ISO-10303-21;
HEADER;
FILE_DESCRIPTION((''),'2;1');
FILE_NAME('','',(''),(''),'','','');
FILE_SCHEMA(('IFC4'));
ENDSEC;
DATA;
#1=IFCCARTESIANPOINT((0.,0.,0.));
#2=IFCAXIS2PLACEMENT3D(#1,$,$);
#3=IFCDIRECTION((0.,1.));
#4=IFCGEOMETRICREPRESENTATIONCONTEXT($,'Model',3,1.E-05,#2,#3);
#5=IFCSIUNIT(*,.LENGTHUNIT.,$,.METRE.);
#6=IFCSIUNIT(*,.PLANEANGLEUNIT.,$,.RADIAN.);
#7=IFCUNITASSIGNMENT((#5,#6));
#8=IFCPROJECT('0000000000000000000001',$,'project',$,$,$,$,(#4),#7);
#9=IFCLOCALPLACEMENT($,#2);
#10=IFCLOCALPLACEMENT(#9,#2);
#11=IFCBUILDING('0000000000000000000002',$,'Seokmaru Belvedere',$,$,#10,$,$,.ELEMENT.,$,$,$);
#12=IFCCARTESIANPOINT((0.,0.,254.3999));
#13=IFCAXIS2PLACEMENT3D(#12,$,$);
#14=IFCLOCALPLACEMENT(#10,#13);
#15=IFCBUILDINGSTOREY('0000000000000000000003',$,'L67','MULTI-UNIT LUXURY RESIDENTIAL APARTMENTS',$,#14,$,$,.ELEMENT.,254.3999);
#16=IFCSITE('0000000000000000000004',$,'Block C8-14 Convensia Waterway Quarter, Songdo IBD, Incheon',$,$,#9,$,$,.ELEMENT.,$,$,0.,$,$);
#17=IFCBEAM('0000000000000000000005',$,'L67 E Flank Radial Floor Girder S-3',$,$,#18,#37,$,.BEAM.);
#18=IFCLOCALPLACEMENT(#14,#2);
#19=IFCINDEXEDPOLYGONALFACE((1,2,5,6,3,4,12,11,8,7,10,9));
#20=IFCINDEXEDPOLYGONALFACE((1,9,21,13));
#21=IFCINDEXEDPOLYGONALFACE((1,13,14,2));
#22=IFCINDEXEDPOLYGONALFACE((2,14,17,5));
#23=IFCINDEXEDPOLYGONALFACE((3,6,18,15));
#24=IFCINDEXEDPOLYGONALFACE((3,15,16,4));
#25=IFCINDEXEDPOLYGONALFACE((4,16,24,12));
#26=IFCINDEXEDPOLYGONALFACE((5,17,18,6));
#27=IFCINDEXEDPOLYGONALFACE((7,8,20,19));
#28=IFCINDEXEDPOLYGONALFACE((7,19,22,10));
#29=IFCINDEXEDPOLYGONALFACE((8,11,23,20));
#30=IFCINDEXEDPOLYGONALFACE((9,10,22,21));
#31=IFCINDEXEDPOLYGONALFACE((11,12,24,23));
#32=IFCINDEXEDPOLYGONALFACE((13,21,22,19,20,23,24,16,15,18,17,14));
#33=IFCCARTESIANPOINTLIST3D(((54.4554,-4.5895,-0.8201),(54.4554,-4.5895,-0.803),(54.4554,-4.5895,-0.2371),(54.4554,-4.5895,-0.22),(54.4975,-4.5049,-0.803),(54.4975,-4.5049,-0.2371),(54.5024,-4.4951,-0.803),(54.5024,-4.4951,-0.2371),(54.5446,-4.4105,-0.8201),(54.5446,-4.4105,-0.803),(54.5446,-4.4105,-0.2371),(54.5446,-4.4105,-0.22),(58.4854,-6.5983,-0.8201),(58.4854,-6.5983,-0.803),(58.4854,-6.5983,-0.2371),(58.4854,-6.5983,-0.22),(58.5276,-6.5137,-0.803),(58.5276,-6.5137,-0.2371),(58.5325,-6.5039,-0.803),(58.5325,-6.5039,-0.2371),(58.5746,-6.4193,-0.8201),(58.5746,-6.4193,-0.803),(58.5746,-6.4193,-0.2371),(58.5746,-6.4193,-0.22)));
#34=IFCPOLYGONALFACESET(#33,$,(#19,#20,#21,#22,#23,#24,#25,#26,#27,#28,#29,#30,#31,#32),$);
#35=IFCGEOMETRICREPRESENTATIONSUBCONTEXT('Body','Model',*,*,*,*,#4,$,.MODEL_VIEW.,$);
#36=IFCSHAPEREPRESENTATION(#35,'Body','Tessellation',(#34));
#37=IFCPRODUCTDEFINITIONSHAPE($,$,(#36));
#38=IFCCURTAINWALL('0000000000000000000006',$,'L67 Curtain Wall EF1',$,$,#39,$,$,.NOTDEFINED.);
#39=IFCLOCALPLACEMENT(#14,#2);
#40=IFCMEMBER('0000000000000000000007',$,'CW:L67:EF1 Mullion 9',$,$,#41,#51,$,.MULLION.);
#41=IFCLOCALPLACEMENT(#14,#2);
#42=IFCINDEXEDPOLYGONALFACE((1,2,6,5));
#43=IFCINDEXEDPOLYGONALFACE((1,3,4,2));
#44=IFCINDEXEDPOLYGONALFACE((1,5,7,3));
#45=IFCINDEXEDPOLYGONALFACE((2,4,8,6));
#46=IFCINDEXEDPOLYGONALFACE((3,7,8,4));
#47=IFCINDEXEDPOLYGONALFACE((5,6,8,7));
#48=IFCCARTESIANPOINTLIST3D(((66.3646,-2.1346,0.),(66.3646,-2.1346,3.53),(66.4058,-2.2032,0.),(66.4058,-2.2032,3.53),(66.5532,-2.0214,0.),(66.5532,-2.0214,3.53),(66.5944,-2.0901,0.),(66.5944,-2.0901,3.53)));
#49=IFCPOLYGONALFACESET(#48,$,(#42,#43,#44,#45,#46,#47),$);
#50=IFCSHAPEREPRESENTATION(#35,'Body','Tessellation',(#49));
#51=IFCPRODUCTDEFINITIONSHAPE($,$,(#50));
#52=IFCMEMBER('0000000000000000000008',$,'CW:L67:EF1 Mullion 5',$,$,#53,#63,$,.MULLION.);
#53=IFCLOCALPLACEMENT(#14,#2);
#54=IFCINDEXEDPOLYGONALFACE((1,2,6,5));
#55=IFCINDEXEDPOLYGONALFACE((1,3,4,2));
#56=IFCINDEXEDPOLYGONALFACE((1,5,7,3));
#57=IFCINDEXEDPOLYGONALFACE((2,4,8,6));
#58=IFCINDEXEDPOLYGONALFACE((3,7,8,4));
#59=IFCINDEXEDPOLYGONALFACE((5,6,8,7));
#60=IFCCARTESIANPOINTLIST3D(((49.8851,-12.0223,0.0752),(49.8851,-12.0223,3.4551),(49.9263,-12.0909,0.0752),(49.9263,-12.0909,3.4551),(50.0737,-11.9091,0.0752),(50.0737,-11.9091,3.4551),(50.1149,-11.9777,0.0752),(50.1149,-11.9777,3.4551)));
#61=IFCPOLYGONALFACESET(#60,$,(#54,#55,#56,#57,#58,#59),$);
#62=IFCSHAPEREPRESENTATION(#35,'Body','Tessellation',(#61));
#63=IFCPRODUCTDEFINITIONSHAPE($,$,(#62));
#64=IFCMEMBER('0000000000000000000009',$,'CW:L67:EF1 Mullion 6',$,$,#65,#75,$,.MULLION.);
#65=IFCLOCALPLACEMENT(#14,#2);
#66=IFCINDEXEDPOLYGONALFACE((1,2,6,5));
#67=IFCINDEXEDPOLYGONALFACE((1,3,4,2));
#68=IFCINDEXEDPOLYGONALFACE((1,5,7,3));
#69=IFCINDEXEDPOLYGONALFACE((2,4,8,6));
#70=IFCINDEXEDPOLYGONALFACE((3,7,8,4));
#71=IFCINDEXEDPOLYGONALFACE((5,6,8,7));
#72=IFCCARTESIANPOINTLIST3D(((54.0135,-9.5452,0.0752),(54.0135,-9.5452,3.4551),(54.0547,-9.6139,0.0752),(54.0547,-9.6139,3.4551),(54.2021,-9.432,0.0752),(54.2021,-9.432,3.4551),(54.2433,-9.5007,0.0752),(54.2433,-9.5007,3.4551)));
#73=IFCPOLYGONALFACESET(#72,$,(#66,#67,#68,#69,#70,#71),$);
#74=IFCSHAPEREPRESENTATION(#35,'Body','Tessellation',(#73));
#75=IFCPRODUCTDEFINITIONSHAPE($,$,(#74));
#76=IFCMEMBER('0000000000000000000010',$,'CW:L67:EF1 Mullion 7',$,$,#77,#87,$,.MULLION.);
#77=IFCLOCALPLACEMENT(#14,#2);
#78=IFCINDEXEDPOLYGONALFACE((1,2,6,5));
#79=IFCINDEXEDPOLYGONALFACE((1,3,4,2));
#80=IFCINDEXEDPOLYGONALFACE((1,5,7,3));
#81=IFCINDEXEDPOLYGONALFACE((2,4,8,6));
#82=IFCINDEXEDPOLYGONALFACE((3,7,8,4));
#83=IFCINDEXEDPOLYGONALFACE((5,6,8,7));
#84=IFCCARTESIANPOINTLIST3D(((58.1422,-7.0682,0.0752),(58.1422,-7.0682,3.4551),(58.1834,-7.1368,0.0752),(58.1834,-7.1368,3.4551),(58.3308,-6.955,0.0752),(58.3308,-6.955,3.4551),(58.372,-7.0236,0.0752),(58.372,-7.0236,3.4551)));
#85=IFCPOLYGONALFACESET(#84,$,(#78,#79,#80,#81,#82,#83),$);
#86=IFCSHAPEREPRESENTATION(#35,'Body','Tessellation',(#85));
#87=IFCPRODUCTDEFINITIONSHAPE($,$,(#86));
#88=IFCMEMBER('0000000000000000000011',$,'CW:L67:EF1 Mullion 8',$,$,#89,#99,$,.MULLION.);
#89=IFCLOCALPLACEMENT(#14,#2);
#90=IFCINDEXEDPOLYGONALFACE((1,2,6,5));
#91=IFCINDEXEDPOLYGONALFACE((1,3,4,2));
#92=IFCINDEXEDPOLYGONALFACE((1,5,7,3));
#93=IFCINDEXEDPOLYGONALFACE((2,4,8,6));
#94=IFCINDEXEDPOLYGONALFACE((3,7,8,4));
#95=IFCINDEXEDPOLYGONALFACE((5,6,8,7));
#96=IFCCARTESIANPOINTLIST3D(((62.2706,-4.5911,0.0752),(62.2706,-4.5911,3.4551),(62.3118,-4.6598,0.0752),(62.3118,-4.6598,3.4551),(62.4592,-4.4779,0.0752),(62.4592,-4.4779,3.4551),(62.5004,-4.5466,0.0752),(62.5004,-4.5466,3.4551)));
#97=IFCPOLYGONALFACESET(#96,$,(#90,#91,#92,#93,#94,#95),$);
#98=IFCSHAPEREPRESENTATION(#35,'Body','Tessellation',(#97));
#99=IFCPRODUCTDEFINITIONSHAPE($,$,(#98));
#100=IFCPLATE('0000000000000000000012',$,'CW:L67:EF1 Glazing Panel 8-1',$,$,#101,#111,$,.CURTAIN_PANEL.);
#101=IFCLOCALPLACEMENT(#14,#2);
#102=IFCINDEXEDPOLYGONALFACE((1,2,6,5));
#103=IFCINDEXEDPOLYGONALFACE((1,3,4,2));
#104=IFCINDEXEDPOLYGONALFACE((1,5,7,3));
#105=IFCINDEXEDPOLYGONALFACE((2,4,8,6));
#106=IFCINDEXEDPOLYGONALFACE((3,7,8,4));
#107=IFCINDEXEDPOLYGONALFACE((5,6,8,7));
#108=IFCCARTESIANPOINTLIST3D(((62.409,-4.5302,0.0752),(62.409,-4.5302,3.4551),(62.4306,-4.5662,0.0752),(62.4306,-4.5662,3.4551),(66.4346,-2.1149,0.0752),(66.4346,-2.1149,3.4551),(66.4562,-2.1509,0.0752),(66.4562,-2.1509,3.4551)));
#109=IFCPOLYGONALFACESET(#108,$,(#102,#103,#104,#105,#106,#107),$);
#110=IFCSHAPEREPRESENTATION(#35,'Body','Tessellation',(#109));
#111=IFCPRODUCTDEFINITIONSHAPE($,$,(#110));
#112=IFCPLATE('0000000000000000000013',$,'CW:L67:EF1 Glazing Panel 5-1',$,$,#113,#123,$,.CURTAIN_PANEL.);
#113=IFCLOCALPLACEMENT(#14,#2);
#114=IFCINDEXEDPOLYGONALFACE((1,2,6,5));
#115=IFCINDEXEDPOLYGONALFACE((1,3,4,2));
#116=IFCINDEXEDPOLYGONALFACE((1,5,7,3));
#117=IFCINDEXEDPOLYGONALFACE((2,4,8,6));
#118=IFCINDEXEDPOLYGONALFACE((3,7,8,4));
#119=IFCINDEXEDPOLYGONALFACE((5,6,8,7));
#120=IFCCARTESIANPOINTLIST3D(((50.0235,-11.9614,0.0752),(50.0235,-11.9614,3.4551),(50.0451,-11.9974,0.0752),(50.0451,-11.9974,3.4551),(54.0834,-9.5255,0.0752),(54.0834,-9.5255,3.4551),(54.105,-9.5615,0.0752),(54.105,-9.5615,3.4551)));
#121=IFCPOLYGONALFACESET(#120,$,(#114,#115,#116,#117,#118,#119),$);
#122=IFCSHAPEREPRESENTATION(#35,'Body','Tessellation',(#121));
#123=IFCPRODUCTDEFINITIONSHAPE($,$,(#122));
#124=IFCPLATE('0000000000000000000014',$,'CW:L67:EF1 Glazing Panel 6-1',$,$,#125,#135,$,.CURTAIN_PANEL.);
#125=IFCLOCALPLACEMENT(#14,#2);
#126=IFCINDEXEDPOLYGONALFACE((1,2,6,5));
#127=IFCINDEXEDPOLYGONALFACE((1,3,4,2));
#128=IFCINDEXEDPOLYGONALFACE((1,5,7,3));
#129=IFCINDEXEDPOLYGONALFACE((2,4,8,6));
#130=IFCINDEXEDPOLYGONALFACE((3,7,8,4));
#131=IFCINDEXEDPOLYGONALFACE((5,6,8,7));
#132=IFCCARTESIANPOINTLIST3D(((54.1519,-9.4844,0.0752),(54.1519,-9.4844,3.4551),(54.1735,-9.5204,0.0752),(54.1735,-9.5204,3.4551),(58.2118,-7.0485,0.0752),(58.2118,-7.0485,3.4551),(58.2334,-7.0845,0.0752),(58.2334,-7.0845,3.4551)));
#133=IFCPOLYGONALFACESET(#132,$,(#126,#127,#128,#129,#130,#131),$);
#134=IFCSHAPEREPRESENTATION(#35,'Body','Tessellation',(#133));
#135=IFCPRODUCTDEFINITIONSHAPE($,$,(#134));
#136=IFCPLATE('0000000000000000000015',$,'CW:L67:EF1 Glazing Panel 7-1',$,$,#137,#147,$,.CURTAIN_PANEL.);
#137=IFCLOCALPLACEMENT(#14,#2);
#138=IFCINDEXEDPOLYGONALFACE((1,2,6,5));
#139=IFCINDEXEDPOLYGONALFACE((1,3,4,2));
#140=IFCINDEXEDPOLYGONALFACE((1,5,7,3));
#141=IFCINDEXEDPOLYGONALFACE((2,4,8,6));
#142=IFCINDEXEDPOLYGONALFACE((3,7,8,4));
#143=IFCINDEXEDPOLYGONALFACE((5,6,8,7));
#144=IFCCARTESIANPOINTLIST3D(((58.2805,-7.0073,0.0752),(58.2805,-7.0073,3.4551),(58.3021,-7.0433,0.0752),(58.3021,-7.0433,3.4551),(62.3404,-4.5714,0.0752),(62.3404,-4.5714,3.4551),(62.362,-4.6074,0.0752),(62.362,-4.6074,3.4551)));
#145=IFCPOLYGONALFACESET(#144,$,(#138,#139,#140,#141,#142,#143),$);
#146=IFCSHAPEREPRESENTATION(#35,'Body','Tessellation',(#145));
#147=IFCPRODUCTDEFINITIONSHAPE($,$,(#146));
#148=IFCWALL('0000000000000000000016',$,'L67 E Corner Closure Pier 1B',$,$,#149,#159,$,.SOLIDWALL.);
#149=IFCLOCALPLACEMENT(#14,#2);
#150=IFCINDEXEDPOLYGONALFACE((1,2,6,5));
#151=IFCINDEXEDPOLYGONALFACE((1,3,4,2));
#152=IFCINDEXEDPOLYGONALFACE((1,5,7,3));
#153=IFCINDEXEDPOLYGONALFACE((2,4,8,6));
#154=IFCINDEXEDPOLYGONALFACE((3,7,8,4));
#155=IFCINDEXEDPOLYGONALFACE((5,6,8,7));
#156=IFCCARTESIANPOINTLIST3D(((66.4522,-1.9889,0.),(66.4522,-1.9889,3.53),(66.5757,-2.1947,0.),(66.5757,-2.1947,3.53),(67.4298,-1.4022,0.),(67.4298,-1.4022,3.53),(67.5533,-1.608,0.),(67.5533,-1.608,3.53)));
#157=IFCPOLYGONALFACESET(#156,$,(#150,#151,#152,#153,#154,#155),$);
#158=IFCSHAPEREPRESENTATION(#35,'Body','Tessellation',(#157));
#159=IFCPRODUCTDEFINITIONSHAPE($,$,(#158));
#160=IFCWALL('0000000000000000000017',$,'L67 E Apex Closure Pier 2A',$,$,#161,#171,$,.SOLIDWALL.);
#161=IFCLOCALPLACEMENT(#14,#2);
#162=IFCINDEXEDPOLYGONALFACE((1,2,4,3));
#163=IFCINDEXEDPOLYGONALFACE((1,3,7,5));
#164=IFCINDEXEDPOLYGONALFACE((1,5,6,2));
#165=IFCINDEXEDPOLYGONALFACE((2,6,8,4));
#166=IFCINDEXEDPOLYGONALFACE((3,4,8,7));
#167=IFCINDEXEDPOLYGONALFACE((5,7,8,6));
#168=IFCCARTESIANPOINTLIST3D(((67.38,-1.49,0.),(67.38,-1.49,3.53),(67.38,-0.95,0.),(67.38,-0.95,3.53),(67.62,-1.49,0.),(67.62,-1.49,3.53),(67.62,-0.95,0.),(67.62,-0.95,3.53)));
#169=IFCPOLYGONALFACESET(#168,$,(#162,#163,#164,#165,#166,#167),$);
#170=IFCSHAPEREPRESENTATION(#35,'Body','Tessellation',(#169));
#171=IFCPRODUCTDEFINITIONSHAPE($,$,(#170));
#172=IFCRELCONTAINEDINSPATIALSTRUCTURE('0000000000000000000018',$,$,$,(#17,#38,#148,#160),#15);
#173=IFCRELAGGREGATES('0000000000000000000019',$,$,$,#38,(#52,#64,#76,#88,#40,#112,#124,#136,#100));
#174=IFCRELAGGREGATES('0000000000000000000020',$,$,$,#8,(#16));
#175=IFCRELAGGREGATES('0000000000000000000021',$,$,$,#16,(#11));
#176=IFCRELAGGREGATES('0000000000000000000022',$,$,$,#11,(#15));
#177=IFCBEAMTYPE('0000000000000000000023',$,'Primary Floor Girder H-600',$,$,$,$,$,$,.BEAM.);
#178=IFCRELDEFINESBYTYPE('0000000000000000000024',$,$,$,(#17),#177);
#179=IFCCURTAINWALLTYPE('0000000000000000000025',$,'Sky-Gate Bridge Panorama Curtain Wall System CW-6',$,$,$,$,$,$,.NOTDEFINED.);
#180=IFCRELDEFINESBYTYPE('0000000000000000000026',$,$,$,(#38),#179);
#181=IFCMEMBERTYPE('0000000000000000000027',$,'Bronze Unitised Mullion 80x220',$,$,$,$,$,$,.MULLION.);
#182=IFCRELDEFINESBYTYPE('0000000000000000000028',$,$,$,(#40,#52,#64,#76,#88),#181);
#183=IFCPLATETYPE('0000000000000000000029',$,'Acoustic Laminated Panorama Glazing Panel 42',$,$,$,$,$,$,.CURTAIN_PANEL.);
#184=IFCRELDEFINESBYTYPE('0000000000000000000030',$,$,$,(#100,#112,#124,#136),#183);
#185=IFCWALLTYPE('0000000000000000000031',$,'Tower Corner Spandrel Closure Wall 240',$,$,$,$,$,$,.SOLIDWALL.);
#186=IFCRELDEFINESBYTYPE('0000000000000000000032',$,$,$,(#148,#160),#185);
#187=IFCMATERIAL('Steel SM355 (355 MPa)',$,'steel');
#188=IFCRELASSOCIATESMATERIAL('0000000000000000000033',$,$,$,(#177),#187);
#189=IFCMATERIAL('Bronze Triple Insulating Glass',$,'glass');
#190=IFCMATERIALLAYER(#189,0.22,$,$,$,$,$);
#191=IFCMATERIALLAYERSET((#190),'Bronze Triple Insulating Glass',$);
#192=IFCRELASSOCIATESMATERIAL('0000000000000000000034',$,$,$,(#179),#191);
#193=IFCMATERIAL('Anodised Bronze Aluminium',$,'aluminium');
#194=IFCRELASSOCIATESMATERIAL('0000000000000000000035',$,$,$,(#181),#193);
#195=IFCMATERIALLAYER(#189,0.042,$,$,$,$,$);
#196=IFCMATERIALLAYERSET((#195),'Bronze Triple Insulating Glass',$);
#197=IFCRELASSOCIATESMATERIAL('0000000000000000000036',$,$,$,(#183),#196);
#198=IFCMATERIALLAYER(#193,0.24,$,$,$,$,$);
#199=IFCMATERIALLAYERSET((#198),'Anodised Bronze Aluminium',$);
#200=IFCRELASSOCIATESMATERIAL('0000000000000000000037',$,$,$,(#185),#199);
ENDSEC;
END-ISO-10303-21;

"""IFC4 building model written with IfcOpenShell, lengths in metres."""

from ifc_helpers import new_model, si_unit, direction, frame, frame_2d, origin, origin_2d, place, context, subcontext, project, spatial, rectangle, i_section, extrude, source, transform, mapped, material, layer, layer_set, material_profile, profile_set, type_object, type_shapes, element, aggregate, save


model = new_model("IFC4")

# Units and contexts
model_context = context("Model", 3, precision=1e-05, world=origin(), true_north=direction((0.0, 1.0)))
body_context = subcontext(model_context, "Body", "Model", "MODEL_VIEW")
ifc_project = project(units=[si_unit("LENGTHUNIT", "METRE"), si_unit("PLANEANGLEUNIT", "RADIAN")], contexts=[model_context])

# Site, building, storey
site_placement = place(None, origin())
site = spatial("IfcSite", under=ifc_project, at=site_placement, Name="Block C8-14 Convensia Waterway Quarter, Songdo IBD, Incheon", CompositionType="ELEMENT", RefElevation=0.0)
building_placement = place(site_placement, origin())
building = spatial("IfcBuilding", under=site, at=building_placement, Name="Seokmaru Belvedere", CompositionType="ELEMENT")
storey_placement = place(building_placement, frame((0.0, 0.0, 254.3999)))
storey = spatial("IfcBuildingStorey", under=building, at=storey_placement, Name="L67", Description="MULTI-UNIT LUXURY RESIDENTIAL APARTMENTS", CompositionType="ELEMENT", Elevation=254.3999)

# Shared definitions
ifc_material_1 = material(Name="Steel SM355 (355 MPa)", Category="steel")

# Beam
ifc_material_profile_1 = material_profile(ifc_material_1, i_section(OverallWidth=0.2, OverallDepth=0.6001, WebThickness=0.011, FlangeThickness=0.0171, at=origin_2d()), Name="H-600x200x11x17")
ifc_profile_set_1 = profile_set([ifc_material_profile_1], Name="Steel SM355 (355 MPa)")
beam_type_1 = type_object("IfcBeamType", Name="Primary Floor Girder H-600", PredefinedType="BEAM", material=ifc_profile_set_1)
shared_shape_1 = source(origin(), body_context, "Body", "SweptSolid", [
    extrude(i_section(OverallWidth=0.2, OverallDepth=0.6001, WebThickness=0.011, FlangeThickness=0.0171, at=origin_2d()), origin(), (0.0, 0.0, 1.0), 4.5029),
])
beam_1_placement = place(storey_placement, frame((58.53, -6.5088, -0.52), z_axis=(-0.89498, 0.446107, 0.0), x_axis=(-0.446107, -0.89498, 0.0)))
element("IfcBeam", 1, at=beam_1_placement, inside=storey, type_object=beam_type_1, Name="L67 E Flank Radial Floor Girder S-3", PredefinedType="BEAM", context=body_context, shape_type="MappedRepresentation", body=[
    mapped(shared_shape_1, transform((0.0, 0.0, 0.0), scale=1.0)),
])

# Curtain wall, members, plates
ifc_material_2 = material(Name="Bronze Triple Insulating Glass", Category="glass")
ifc_layer_1 = layer(ifc_material_2, 0.22)
ifc_layer_set_1 = layer_set([ifc_layer_1], Name="Bronze Triple Insulating Glass")
curtain_wall_type = type_object("IfcCurtainWallType", Name="Sky-Gate Bridge Panorama Curtain Wall System CW-6", PredefinedType="NOTDEFINED", material=ifc_layer_set_1)
curtain_wall_placement = place(storey_placement, origin())
curtain_wall = element("IfcCurtainWall", 2, at=curtain_wall_placement, inside=storey, type_object=curtain_wall_type, Name="L67 Curtain Wall EF1", PredefinedType="NOTDEFINED")
ifc_material_3 = material(Name="Anodised Bronze Aluminium", Category="aluminium")
ifc_material_profile_2 = material_profile(ifc_material_3, rectangle(XDim=0.0801, YDim=0.22, at=origin_2d()), Name="CW-M-80x220")
ifc_profile_set_2 = profile_set([ifc_material_profile_2], Name="Anodised Bronze Aluminium")
member_type = type_object("IfcMemberType", Name="Bronze Unitised Mullion 80x220", PredefinedType="MULLION", material=ifc_profile_set_2)
shared_shape_2 = source(origin(), body_context, "Body", "SweptSolid", [
    extrude(rectangle(XDim=0.0801, YDim=0.22, at=origin_2d()), origin(), (0.0, 0.0, 1.0), 3.53),
])
member_1_placement = place(storey_placement, frame((66.4795, -2.1123, 0.0), z_axis=(0.0, 0.0, 1.0), x_axis=(-0.514495, 0.857493, 0.0)))
member_1 = element("IfcMember", 3, at=member_1_placement, type_object=member_type, Name="CW:L67:EF1 Mullion 9", PredefinedType="MULLION", context=body_context, shape_type="MappedRepresentation", body=[
    mapped(shared_shape_2, transform((0.0, 0.0, 0.0), scale=1.0)),
])
shared_shape_3 = source(origin(), body_context, "Body", "SweptSolid", [
    extrude(rectangle(XDim=0.0801, YDim=0.22, at=origin_2d()), origin(), (0.0, 0.0, 1.0), 3.3799),
])
type_shapes(member_type, [shared_shape_2, shared_shape_3])
member_2_placement = place(storey_placement, frame((50.0, -12.0, 0.0752), z_axis=(0.0, 0.0, 1.0), x_axis=(-0.514495, 0.857493, 0.0)))
member_2 = element("IfcMember", 4, at=member_2_placement, type_object=member_type, Name="CW:L67:EF1 Mullion 5", PredefinedType="MULLION", context=body_context, shape_type="MappedRepresentation", body=[
    mapped(shared_shape_3, transform((0.0, 0.0, 0.0), scale=1.0)),
])
member_3_placement = place(storey_placement, frame((54.1284, -9.5229, 0.0752), z_axis=(0.0, 0.0, 1.0), x_axis=(-0.514495, 0.857493, 0.0)))
member_3 = element("IfcMember", 5, at=member_3_placement, type_object=member_type, Name="CW:L67:EF1 Mullion 6", PredefinedType="MULLION", context=body_context, shape_type="MappedRepresentation", body=[
    mapped(shared_shape_3, transform((0.0, 0.0, 0.0), scale=1.0)),
])
member_4_placement = place(storey_placement, frame((58.2571, -7.0459, 0.0752), z_axis=(0.0, 0.0, 1.0), x_axis=(-0.514495, 0.857493, 0.0)))
member_4 = element("IfcMember", 6, at=member_4_placement, type_object=member_type, Name="CW:L67:EF1 Mullion 7", PredefinedType="MULLION", context=body_context, shape_type="MappedRepresentation", body=[
    mapped(shared_shape_3, transform((0.0, 0.0, 0.0), scale=1.0)),
])
member_5_placement = place(storey_placement, frame((62.3855, -4.5688, 0.0752), z_axis=(0.0, 0.0, 1.0), x_axis=(-0.514495, 0.857493, 0.0)))
member_5 = element("IfcMember", 7, at=member_5_placement, type_object=member_type, Name="CW:L67:EF1 Mullion 8", PredefinedType="MULLION", context=body_context, shape_type="MappedRepresentation", body=[
    mapped(shared_shape_3, transform((0.0, 0.0, 0.0), scale=1.0)),
])
ifc_layer_2 = layer(ifc_material_2, 0.042)
ifc_layer_set_2 = layer_set([ifc_layer_2], Name="Bronze Triple Insulating Glass")
plate_type = type_object("IfcPlateType", Name="Acoustic Laminated Panorama Glazing Panel 42", PredefinedType="CURTAIN_PANEL", material=ifc_layer_set_2)
shared_shape_4 = source(origin(), body_context, "Body", "SweptSolid", [
    extrude(rectangle(XDim=4.6946, YDim=0.042, at=origin_2d()), origin(), (0.0, 0.0, 1.0), 3.3799),
])
plate_1_placement = place(storey_placement, frame((64.4326, -3.3406, 0.0752), z_axis=(0.0, 0.0, 1.0), x_axis=(0.857493, 0.514495, 0.0)))
plate_1 = element("IfcPlate", 8, at=plate_1_placement, type_object=plate_type, Name="CW:L67:EF1 Glazing Panel 8-1", PredefinedType="CURTAIN_PANEL", context=body_context, shape_type="MappedRepresentation", body=[
    mapped(shared_shape_4, transform((0.0, 0.0, 0.0), scale=1.0)),
])
shared_shape_5 = source(origin(), body_context, "Body", "SweptSolid", [
    extrude(rectangle(XDim=4.7346, YDim=0.042, at=origin_2d()), origin(), (0.0, 0.0, 1.0), 3.3799),
])
type_shapes(plate_type, [shared_shape_4, shared_shape_5])
plate_2_placement = place(storey_placement, frame((52.0642, -10.7615, 0.0752), z_axis=(0.0, 0.0, 1.0), x_axis=(0.857493, 0.514495, 0.0)))
plate_2 = element("IfcPlate", 9, at=plate_2_placement, type_object=plate_type, Name="CW:L67:EF1 Glazing Panel 5-1", PredefinedType="CURTAIN_PANEL", context=body_context, shape_type="MappedRepresentation", body=[
    mapped(shared_shape_5, transform((0.0, 0.0, 0.0), scale=1.0)),
])
plate_3_placement = place(storey_placement, frame((56.1926, -8.2844, 0.0752), z_axis=(0.0, 0.0, 1.0), x_axis=(0.857493, 0.514495, 0.0)))
plate_3 = element("IfcPlate", 10, at=plate_3_placement, type_object=plate_type, Name="CW:L67:EF1 Glazing Panel 6-1", PredefinedType="CURTAIN_PANEL", context=body_context, shape_type="MappedRepresentation", body=[
    mapped(shared_shape_5, transform((0.0, 0.0, 0.0), scale=1.0)),
])
plate_4_placement = place(storey_placement, frame((60.3213, -5.8074, 0.0752), z_axis=(0.0, 0.0, 1.0), x_axis=(0.857493, 0.514495, 0.0)))
plate_4 = element("IfcPlate", 11, at=plate_4_placement, type_object=plate_type, Name="CW:L67:EF1 Glazing Panel 7-1", PredefinedType="CURTAIN_PANEL", context=body_context, shape_type="MappedRepresentation", body=[
    mapped(shared_shape_5, transform((0.0, 0.0, 0.0), scale=1.0)),
])
aggregate(curtain_wall, [member_2, member_3, member_4, member_5, member_1, plate_2, plate_3, plate_4, plate_1])

# Walls
ifc_layer_3 = layer(ifc_material_3, 0.24)
ifc_layer_set_3 = layer_set([ifc_layer_3], Name="Anodised Bronze Aluminium")
wall_type_1 = type_object("IfcWallType", Name="Tower Corner Spandrel Closure Wall 240", PredefinedType="SOLIDWALL", material=ifc_layer_set_3)
wall_1_placement = place(storey_placement, frame((66.5139, -2.0918, 0.0), z_axis=(0.0, 0.0, 1.0), x_axis=(0.857436, 0.51459, 0.0)))
element("IfcWall", 12, at=wall_1_placement, inside=storey, type_object=wall_type_1, Name="L67 E Corner Closure Pier 1B", PredefinedType="SOLIDWALL", context=body_context, shape_type="SweptSolid", body=[
    extrude(rectangle(XDim=1.1401, YDim=0.24, at=frame_2d((0.5701, 0.0))), origin(), (0.0, 0.0, 1.0), 3.53),
])
wall_2_placement = place(storey_placement, frame((67.5, -1.49, 0.0), z_axis=(0.0, 0.0, 1.0), x_axis=(0.0, 1.0, 0.0)))
element("IfcWall", 13, at=wall_2_placement, inside=storey, type_object=wall_type_1, Name="L67 E Apex Closure Pier 2A", PredefinedType="SOLIDWALL", context=body_context, shape_type="SweptSolid", body=[
    extrude(rectangle(XDim=0.54, YDim=0.24, at=frame_2d((0.27, 0.0))), origin(), (0.0, 0.0, 1.0), 3.53),
])

save(model, "model.ifc")
